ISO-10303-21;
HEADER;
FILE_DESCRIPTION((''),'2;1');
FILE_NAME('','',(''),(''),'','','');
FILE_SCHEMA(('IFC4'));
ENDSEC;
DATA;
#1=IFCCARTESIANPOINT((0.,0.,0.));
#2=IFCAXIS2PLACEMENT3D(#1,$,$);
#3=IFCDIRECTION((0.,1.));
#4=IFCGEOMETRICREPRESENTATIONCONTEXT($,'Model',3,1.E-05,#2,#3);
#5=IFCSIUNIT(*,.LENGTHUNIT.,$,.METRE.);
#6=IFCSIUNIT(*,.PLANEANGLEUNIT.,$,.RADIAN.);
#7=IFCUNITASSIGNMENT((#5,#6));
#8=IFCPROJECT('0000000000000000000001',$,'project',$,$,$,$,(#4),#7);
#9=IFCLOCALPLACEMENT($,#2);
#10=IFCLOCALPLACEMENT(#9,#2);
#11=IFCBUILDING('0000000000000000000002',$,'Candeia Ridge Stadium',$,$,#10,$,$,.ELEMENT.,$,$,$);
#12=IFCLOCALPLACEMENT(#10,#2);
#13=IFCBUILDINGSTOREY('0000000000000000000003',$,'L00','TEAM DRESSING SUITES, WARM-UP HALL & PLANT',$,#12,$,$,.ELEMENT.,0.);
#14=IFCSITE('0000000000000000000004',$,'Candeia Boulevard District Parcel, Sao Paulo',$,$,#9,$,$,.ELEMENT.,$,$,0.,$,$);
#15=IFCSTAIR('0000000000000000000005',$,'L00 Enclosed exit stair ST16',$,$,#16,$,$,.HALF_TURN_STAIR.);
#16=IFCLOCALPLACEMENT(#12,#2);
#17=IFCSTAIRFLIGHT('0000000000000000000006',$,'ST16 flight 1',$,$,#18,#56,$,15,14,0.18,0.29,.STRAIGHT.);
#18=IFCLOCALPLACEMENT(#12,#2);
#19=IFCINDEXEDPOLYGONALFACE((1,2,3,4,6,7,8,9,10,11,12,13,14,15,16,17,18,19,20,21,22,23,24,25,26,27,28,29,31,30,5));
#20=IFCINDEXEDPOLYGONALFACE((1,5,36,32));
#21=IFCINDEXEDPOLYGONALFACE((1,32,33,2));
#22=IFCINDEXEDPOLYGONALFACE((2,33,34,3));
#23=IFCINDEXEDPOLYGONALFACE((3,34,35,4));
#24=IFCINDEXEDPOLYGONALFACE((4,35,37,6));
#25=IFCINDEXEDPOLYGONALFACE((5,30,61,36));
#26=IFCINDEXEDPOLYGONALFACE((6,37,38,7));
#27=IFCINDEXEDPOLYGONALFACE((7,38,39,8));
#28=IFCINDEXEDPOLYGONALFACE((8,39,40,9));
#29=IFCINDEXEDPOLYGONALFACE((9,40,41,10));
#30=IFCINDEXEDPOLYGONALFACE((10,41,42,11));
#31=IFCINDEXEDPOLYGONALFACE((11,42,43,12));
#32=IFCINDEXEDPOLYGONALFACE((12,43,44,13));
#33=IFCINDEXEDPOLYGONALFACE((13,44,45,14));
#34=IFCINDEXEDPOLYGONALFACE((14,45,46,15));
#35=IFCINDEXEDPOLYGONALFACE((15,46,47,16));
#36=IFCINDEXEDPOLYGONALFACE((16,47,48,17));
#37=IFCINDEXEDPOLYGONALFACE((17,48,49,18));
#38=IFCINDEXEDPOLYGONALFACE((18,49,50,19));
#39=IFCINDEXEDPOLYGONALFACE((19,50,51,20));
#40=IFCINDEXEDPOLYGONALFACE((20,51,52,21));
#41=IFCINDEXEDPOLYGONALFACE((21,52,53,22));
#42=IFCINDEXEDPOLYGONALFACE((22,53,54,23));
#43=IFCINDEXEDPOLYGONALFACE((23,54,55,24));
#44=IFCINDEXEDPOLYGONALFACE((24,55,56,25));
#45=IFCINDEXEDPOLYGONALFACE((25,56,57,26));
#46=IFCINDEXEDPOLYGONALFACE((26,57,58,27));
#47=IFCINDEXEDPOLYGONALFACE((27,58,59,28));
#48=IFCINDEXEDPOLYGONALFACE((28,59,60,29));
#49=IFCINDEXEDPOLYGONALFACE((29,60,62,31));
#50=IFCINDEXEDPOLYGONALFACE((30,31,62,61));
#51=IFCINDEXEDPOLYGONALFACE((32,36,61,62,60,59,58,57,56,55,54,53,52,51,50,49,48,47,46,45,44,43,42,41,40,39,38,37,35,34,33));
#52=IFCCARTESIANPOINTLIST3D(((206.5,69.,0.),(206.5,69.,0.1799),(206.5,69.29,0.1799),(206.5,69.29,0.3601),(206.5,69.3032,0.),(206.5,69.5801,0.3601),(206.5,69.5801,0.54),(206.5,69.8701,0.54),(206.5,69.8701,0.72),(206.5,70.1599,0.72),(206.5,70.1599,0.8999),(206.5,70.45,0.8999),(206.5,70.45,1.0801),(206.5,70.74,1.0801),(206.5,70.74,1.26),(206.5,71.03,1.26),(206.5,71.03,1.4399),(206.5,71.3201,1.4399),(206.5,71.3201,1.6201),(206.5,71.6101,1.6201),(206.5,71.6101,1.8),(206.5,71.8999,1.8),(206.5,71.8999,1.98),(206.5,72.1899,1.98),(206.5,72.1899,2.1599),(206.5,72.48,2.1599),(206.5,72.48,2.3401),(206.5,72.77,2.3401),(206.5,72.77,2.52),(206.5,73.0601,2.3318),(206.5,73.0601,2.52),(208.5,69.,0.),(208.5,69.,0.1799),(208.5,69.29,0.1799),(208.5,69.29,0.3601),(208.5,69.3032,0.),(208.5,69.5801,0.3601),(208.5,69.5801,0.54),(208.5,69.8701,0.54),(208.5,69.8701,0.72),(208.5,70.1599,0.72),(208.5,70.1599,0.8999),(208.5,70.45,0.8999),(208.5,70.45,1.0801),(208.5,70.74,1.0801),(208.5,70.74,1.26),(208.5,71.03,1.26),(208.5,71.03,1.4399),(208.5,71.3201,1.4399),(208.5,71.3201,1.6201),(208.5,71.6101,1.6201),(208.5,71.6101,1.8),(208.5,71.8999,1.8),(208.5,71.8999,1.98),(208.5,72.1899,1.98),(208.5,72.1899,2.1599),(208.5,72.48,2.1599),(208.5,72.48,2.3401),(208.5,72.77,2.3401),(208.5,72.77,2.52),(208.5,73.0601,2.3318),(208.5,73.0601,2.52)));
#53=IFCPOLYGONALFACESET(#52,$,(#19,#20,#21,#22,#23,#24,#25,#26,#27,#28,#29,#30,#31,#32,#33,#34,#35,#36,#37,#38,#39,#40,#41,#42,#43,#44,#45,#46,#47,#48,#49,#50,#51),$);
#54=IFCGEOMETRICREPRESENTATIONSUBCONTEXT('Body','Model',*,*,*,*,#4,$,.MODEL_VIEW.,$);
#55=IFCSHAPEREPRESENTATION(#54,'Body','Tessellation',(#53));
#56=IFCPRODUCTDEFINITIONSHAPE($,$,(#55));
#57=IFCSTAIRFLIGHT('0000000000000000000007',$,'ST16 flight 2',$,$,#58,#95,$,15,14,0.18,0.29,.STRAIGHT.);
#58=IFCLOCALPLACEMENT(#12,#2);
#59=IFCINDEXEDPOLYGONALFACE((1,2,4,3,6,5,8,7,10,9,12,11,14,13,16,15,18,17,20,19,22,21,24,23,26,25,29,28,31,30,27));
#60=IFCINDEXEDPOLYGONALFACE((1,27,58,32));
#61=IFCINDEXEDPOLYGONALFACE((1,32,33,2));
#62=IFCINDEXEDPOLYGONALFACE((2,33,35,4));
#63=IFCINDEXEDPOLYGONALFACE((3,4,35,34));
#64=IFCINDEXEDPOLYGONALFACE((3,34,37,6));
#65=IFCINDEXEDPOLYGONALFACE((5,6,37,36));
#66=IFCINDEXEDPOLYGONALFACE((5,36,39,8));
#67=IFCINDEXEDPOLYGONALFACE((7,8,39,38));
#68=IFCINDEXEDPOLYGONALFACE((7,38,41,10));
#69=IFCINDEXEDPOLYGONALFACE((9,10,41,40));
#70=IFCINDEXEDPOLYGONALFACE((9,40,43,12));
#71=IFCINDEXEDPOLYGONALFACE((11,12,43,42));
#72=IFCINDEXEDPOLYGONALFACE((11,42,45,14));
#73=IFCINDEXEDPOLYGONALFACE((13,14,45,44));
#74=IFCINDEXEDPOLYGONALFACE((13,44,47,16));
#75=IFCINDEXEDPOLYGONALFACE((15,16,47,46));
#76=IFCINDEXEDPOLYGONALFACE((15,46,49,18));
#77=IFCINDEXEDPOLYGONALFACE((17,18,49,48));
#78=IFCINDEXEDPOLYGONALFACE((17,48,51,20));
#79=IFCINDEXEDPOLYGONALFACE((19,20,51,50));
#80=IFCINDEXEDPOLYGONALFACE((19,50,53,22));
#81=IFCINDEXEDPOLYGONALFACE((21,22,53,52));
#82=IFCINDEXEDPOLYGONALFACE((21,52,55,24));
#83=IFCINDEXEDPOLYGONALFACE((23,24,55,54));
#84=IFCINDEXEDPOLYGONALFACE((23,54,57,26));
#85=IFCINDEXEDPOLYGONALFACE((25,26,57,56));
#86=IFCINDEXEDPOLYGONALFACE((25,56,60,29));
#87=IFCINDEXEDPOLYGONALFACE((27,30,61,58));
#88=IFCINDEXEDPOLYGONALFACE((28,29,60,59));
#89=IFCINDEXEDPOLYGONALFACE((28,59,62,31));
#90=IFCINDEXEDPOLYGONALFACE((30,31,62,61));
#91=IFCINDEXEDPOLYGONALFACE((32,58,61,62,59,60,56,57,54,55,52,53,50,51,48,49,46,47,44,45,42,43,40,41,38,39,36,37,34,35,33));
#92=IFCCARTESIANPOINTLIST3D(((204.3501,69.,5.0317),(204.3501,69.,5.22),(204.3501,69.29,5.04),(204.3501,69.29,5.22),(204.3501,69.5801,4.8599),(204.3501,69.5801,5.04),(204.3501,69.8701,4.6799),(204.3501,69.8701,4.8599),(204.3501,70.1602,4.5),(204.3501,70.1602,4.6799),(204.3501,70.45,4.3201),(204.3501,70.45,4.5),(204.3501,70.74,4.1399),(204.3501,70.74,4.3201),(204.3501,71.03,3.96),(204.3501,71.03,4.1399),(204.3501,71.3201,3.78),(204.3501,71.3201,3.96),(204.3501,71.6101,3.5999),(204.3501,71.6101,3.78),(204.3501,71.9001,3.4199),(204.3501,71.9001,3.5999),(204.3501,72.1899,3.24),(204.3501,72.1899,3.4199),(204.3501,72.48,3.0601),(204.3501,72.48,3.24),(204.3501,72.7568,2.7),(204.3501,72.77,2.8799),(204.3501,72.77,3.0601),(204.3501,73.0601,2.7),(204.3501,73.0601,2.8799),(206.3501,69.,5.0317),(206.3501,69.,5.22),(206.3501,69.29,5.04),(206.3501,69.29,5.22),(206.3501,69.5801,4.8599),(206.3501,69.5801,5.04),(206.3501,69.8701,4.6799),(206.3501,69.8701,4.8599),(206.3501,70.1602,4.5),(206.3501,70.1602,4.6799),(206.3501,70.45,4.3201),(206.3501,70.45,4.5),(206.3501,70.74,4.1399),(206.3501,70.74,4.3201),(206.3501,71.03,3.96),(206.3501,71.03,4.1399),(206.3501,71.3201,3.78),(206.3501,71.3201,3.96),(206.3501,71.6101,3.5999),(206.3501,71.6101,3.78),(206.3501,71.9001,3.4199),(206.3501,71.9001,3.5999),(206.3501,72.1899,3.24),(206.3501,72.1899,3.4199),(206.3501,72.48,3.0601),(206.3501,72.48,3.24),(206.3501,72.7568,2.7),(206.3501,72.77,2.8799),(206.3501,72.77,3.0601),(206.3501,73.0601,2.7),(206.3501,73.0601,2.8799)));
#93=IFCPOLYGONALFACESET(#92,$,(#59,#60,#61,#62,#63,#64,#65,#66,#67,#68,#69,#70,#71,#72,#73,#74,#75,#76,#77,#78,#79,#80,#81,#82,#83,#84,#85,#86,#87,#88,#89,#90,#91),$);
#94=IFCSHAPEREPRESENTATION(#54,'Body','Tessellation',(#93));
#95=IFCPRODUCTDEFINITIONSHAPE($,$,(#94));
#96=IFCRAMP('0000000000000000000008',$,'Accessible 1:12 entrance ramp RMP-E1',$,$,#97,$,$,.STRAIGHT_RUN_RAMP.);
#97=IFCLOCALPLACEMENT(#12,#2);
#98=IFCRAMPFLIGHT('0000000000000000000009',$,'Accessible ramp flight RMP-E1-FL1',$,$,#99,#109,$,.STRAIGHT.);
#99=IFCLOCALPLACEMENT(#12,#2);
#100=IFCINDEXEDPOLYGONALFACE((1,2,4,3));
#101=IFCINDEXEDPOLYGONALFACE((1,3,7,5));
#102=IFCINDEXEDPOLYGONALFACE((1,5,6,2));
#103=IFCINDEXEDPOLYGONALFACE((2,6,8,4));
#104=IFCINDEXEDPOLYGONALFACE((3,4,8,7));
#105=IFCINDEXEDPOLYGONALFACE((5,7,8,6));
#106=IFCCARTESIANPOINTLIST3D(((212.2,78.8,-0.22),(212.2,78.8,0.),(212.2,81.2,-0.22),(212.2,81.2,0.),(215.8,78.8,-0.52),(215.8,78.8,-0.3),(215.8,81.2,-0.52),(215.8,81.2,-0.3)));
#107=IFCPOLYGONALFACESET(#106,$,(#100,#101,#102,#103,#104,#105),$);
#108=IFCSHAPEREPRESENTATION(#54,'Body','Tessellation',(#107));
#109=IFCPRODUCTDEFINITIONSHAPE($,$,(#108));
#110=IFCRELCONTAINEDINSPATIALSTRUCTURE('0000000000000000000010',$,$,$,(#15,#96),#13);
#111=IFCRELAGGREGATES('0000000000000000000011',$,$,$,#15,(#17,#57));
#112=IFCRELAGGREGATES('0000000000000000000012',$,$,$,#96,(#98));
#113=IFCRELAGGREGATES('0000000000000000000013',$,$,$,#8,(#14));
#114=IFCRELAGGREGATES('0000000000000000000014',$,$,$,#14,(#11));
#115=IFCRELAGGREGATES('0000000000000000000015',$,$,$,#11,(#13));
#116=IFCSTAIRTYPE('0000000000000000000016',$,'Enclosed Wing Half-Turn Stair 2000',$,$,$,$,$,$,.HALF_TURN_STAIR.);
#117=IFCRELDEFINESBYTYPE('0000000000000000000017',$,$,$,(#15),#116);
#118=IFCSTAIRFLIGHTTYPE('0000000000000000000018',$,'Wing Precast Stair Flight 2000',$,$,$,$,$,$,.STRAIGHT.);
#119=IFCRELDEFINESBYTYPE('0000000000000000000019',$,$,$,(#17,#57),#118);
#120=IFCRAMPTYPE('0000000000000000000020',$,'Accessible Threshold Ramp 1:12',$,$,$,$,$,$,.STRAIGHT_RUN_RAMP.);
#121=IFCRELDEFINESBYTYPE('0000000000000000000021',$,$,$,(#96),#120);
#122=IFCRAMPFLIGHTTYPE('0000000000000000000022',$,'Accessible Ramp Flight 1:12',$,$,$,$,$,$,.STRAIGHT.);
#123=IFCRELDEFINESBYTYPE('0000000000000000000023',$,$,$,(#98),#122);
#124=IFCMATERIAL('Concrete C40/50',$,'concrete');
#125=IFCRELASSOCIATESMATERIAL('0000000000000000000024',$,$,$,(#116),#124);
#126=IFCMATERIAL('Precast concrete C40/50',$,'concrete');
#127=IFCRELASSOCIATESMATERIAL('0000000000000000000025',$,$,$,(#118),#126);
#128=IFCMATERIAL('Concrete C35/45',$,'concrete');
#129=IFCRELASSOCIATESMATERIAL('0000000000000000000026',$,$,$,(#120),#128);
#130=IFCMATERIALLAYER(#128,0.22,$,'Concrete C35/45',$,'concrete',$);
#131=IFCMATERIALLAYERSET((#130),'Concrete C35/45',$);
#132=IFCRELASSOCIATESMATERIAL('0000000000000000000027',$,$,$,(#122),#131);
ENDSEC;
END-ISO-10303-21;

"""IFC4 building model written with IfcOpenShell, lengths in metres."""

from ifc_helpers import new_model, si_unit, direction, frame, origin, place, context, subcontext, project, spatial, polyline, outline, extrude, material, layer, layer_set, type_object, element, aggregate, save


model = new_model("IFC4")

# Units and contexts
model_context = context("Model", 3, precision=1e-05, world=origin(), true_north=direction((0.0, 1.0)))
body_context = subcontext(model_context, "Body", "Model", "MODEL_VIEW")
ifc_project = project(units=[si_unit("LENGTHUNIT", "METRE"), si_unit("PLANEANGLEUNIT", "RADIAN")], contexts=[model_context])

# Site, building, storey
site_placement = place(None, origin())
site = spatial("IfcSite", under=ifc_project, at=site_placement, Name="Candeia Boulevard District Parcel, Sao Paulo", CompositionType="ELEMENT", RefElevation=0.0)
building_placement = place(site_placement, origin())
building = spatial("IfcBuilding", under=site, at=building_placement, Name="Candeia Ridge Stadium", CompositionType="ELEMENT")
storey_placement = place(building_placement, origin())
storey = spatial("IfcBuildingStorey", under=building, at=storey_placement, Name="L00", Description="TEAM DRESSING SUITES, WARM-UP HALL & PLANT", CompositionType="ELEMENT", Elevation=0.0)

# Shared definitions
ifc_material_1 = material(Name="Concrete C40/50", Category="concrete")

# Shared definitions
ifc_material_2 = material(Name="Concrete C35/45", Category="concrete")

# Stair, stair flights
stair_type = type_object("IfcStairType", Name="Enclosed Wing Half-Turn Stair 2000", PredefinedType="HALF_TURN_STAIR", material=ifc_material_1)
stair_placement = place(storey_placement, origin())
stair = element("IfcStair", 1, at=stair_placement, inside=storey, type_object=stair_type, Name="L00 Enclosed exit stair ST16", PredefinedType="HALF_TURN_STAIR")
ifc_material_3 = material(Name="Precast concrete C40/50", Category="concrete")
stair_flight_type = type_object("IfcStairFlightType", Name="Wing Precast Stair Flight 2000", PredefinedType="STRAIGHT", material=ifc_material_3)
stair_flight_1_placement = place(storey_placement, frame((207.5, 69.0, 0.0), z_axis=(0.0, 0.0, 1.0), x_axis=(0.0, 1.0, 0.0)))
stair_flight_1 = element("IfcStairFlight", 2, at=stair_flight_1_placement, type_object=stair_flight_type, Name="ST16 flight 1", NumberOfRisers=15, NumberOfTreads=14, PredefinedType="STRAIGHT", RiserHeight=0.18, TreadLength=0.29, context=body_context, shape_type="SweptSolid", body=[
    extrude(outline(polyline([(0.0, 0.0), (0.0, 0.1799), (0.29, 0.1799), (0.29, 0.3601), (0.5801, 0.3601), (0.5801, 0.54), (0.8701, 0.54), (0.8701, 0.72), (1.1599, 0.72), (1.1599, 0.8999), (1.45, 0.8999), (1.45, 1.0801), (1.74, 1.0801), (1.74, 1.26), (2.03, 1.26), (2.03, 1.4399), (2.3201, 1.4399), (2.3201, 1.6201), (2.6101, 1.6201), (2.6101, 1.8), (2.8999, 1.8), (2.8999, 1.98), (3.1899, 1.98), (3.1899, 2.1599), (3.48, 2.1599), (3.48, 2.3401), (3.77, 2.3401), (3.77, 2.52), (4.0601, 2.52), (4.0601, 2.7), (4.0601, 2.3318), (0.3032, 0.0), (0.0, 0.0)])), frame((0.0, 1.0, 0.0), z_axis=(0.0, -1.0, 0.0), x_axis=(1.0, 0.0, 0.0)), (0.0, 0.0, 1.0), 2.0),
])
stair_flight_2_placement = place(storey_placement, frame((205.3501, 73.0601, 2.7), z_axis=(0.0, 0.0, 1.0), x_axis=(0.0, -1.0, 0.0)))
stair_flight_2 = element("IfcStairFlight", 3, at=stair_flight_2_placement, type_object=stair_flight_type, Name="ST16 flight 2", NumberOfRisers=15, NumberOfTreads=14, PredefinedType="STRAIGHT", RiserHeight=0.18, TreadLength=0.29, context=body_context, shape_type="SweptSolid", body=[
    extrude(outline(polyline([(0.0, 0.0), (0.0, 0.1799), (0.29, 0.1799), (0.29, 0.3601), (0.5801, 0.3601), (0.5801, 0.54), (0.8701, 0.54), (0.8701, 0.72), (1.1599, 0.72), (1.1599, 0.8999), (1.45, 0.8999), (1.45, 1.0801), (1.74, 1.0801), (1.74, 1.26), (2.03, 1.26), (2.03, 1.4399), (2.3201, 1.4399), (2.3201, 1.6201), (2.6101, 1.6201), (2.6101, 1.8), (2.8999, 1.8), (2.8999, 1.98), (3.1899, 1.98), (3.1899, 2.1599), (3.48, 2.1599), (3.48, 2.3401), (3.77, 2.3401), (3.77, 2.52), (4.0601, 2.52), (4.0601, 2.7), (4.0601, 2.3318), (0.3032, 0.0), (0.0, 0.0)])), frame((0.0, 1.0, 0.0), z_axis=(0.0, -1.0, 0.0), x_axis=(1.0, 0.0, 0.0)), (0.0, 0.0, 1.0), 2.0),
])
aggregate(stair, [stair_flight_1, stair_flight_2])

# Ramp, ramp flight
ramp_type = type_object("IfcRampType", Name="Accessible Threshold Ramp 1:12", PredefinedType="STRAIGHT_RUN_RAMP", material=ifc_material_2)
ramp_placement = place(storey_placement, origin())
ramp = element("IfcRamp", 4, at=ramp_placement, inside=storey, type_object=ramp_type, Name="Accessible 1:12 entrance ramp RMP-E1", PredefinedType="STRAIGHT_RUN_RAMP")
ifc_layer_1 = layer(ifc_material_2, 0.22, Name="Concrete C35/45", Category="concrete")
ifc_layer_set_1 = layer_set([ifc_layer_1], Name="Concrete C35/45")
ramp_flight_type = type_object("IfcRampFlightType", Name="Accessible Ramp Flight 1:12", PredefinedType="STRAIGHT", material=ifc_layer_set_1)
ramp_flight_placement = place(storey_placement, frame((215.8, 80.0, -0.3), z_axis=(0.0, 0.0, 1.0), x_axis=(-1.0, 0.0, 0.0)))
ramp_flight = element("IfcRampFlight", 5, at=ramp_flight_placement, type_object=ramp_flight_type, Name="Accessible ramp flight RMP-E1-FL1", PredefinedType="STRAIGHT", context=body_context, shape_type="SweptSolid", body=[
    extrude(outline(polyline([(0.0, 0.0), (3.6001, 0.3), (3.6001, 0.0801), (0.0, -0.22), (0.0, 0.0)])), frame((0.0, 1.2, 0.0), z_axis=(0.0, -1.0, 0.0), x_axis=(1.0, 0.0, 0.0)), (0.0, 0.0, 1.0), 2.3999),
])
aggregate(ramp, [ramp_flight])

save(model, "model.ifc")
